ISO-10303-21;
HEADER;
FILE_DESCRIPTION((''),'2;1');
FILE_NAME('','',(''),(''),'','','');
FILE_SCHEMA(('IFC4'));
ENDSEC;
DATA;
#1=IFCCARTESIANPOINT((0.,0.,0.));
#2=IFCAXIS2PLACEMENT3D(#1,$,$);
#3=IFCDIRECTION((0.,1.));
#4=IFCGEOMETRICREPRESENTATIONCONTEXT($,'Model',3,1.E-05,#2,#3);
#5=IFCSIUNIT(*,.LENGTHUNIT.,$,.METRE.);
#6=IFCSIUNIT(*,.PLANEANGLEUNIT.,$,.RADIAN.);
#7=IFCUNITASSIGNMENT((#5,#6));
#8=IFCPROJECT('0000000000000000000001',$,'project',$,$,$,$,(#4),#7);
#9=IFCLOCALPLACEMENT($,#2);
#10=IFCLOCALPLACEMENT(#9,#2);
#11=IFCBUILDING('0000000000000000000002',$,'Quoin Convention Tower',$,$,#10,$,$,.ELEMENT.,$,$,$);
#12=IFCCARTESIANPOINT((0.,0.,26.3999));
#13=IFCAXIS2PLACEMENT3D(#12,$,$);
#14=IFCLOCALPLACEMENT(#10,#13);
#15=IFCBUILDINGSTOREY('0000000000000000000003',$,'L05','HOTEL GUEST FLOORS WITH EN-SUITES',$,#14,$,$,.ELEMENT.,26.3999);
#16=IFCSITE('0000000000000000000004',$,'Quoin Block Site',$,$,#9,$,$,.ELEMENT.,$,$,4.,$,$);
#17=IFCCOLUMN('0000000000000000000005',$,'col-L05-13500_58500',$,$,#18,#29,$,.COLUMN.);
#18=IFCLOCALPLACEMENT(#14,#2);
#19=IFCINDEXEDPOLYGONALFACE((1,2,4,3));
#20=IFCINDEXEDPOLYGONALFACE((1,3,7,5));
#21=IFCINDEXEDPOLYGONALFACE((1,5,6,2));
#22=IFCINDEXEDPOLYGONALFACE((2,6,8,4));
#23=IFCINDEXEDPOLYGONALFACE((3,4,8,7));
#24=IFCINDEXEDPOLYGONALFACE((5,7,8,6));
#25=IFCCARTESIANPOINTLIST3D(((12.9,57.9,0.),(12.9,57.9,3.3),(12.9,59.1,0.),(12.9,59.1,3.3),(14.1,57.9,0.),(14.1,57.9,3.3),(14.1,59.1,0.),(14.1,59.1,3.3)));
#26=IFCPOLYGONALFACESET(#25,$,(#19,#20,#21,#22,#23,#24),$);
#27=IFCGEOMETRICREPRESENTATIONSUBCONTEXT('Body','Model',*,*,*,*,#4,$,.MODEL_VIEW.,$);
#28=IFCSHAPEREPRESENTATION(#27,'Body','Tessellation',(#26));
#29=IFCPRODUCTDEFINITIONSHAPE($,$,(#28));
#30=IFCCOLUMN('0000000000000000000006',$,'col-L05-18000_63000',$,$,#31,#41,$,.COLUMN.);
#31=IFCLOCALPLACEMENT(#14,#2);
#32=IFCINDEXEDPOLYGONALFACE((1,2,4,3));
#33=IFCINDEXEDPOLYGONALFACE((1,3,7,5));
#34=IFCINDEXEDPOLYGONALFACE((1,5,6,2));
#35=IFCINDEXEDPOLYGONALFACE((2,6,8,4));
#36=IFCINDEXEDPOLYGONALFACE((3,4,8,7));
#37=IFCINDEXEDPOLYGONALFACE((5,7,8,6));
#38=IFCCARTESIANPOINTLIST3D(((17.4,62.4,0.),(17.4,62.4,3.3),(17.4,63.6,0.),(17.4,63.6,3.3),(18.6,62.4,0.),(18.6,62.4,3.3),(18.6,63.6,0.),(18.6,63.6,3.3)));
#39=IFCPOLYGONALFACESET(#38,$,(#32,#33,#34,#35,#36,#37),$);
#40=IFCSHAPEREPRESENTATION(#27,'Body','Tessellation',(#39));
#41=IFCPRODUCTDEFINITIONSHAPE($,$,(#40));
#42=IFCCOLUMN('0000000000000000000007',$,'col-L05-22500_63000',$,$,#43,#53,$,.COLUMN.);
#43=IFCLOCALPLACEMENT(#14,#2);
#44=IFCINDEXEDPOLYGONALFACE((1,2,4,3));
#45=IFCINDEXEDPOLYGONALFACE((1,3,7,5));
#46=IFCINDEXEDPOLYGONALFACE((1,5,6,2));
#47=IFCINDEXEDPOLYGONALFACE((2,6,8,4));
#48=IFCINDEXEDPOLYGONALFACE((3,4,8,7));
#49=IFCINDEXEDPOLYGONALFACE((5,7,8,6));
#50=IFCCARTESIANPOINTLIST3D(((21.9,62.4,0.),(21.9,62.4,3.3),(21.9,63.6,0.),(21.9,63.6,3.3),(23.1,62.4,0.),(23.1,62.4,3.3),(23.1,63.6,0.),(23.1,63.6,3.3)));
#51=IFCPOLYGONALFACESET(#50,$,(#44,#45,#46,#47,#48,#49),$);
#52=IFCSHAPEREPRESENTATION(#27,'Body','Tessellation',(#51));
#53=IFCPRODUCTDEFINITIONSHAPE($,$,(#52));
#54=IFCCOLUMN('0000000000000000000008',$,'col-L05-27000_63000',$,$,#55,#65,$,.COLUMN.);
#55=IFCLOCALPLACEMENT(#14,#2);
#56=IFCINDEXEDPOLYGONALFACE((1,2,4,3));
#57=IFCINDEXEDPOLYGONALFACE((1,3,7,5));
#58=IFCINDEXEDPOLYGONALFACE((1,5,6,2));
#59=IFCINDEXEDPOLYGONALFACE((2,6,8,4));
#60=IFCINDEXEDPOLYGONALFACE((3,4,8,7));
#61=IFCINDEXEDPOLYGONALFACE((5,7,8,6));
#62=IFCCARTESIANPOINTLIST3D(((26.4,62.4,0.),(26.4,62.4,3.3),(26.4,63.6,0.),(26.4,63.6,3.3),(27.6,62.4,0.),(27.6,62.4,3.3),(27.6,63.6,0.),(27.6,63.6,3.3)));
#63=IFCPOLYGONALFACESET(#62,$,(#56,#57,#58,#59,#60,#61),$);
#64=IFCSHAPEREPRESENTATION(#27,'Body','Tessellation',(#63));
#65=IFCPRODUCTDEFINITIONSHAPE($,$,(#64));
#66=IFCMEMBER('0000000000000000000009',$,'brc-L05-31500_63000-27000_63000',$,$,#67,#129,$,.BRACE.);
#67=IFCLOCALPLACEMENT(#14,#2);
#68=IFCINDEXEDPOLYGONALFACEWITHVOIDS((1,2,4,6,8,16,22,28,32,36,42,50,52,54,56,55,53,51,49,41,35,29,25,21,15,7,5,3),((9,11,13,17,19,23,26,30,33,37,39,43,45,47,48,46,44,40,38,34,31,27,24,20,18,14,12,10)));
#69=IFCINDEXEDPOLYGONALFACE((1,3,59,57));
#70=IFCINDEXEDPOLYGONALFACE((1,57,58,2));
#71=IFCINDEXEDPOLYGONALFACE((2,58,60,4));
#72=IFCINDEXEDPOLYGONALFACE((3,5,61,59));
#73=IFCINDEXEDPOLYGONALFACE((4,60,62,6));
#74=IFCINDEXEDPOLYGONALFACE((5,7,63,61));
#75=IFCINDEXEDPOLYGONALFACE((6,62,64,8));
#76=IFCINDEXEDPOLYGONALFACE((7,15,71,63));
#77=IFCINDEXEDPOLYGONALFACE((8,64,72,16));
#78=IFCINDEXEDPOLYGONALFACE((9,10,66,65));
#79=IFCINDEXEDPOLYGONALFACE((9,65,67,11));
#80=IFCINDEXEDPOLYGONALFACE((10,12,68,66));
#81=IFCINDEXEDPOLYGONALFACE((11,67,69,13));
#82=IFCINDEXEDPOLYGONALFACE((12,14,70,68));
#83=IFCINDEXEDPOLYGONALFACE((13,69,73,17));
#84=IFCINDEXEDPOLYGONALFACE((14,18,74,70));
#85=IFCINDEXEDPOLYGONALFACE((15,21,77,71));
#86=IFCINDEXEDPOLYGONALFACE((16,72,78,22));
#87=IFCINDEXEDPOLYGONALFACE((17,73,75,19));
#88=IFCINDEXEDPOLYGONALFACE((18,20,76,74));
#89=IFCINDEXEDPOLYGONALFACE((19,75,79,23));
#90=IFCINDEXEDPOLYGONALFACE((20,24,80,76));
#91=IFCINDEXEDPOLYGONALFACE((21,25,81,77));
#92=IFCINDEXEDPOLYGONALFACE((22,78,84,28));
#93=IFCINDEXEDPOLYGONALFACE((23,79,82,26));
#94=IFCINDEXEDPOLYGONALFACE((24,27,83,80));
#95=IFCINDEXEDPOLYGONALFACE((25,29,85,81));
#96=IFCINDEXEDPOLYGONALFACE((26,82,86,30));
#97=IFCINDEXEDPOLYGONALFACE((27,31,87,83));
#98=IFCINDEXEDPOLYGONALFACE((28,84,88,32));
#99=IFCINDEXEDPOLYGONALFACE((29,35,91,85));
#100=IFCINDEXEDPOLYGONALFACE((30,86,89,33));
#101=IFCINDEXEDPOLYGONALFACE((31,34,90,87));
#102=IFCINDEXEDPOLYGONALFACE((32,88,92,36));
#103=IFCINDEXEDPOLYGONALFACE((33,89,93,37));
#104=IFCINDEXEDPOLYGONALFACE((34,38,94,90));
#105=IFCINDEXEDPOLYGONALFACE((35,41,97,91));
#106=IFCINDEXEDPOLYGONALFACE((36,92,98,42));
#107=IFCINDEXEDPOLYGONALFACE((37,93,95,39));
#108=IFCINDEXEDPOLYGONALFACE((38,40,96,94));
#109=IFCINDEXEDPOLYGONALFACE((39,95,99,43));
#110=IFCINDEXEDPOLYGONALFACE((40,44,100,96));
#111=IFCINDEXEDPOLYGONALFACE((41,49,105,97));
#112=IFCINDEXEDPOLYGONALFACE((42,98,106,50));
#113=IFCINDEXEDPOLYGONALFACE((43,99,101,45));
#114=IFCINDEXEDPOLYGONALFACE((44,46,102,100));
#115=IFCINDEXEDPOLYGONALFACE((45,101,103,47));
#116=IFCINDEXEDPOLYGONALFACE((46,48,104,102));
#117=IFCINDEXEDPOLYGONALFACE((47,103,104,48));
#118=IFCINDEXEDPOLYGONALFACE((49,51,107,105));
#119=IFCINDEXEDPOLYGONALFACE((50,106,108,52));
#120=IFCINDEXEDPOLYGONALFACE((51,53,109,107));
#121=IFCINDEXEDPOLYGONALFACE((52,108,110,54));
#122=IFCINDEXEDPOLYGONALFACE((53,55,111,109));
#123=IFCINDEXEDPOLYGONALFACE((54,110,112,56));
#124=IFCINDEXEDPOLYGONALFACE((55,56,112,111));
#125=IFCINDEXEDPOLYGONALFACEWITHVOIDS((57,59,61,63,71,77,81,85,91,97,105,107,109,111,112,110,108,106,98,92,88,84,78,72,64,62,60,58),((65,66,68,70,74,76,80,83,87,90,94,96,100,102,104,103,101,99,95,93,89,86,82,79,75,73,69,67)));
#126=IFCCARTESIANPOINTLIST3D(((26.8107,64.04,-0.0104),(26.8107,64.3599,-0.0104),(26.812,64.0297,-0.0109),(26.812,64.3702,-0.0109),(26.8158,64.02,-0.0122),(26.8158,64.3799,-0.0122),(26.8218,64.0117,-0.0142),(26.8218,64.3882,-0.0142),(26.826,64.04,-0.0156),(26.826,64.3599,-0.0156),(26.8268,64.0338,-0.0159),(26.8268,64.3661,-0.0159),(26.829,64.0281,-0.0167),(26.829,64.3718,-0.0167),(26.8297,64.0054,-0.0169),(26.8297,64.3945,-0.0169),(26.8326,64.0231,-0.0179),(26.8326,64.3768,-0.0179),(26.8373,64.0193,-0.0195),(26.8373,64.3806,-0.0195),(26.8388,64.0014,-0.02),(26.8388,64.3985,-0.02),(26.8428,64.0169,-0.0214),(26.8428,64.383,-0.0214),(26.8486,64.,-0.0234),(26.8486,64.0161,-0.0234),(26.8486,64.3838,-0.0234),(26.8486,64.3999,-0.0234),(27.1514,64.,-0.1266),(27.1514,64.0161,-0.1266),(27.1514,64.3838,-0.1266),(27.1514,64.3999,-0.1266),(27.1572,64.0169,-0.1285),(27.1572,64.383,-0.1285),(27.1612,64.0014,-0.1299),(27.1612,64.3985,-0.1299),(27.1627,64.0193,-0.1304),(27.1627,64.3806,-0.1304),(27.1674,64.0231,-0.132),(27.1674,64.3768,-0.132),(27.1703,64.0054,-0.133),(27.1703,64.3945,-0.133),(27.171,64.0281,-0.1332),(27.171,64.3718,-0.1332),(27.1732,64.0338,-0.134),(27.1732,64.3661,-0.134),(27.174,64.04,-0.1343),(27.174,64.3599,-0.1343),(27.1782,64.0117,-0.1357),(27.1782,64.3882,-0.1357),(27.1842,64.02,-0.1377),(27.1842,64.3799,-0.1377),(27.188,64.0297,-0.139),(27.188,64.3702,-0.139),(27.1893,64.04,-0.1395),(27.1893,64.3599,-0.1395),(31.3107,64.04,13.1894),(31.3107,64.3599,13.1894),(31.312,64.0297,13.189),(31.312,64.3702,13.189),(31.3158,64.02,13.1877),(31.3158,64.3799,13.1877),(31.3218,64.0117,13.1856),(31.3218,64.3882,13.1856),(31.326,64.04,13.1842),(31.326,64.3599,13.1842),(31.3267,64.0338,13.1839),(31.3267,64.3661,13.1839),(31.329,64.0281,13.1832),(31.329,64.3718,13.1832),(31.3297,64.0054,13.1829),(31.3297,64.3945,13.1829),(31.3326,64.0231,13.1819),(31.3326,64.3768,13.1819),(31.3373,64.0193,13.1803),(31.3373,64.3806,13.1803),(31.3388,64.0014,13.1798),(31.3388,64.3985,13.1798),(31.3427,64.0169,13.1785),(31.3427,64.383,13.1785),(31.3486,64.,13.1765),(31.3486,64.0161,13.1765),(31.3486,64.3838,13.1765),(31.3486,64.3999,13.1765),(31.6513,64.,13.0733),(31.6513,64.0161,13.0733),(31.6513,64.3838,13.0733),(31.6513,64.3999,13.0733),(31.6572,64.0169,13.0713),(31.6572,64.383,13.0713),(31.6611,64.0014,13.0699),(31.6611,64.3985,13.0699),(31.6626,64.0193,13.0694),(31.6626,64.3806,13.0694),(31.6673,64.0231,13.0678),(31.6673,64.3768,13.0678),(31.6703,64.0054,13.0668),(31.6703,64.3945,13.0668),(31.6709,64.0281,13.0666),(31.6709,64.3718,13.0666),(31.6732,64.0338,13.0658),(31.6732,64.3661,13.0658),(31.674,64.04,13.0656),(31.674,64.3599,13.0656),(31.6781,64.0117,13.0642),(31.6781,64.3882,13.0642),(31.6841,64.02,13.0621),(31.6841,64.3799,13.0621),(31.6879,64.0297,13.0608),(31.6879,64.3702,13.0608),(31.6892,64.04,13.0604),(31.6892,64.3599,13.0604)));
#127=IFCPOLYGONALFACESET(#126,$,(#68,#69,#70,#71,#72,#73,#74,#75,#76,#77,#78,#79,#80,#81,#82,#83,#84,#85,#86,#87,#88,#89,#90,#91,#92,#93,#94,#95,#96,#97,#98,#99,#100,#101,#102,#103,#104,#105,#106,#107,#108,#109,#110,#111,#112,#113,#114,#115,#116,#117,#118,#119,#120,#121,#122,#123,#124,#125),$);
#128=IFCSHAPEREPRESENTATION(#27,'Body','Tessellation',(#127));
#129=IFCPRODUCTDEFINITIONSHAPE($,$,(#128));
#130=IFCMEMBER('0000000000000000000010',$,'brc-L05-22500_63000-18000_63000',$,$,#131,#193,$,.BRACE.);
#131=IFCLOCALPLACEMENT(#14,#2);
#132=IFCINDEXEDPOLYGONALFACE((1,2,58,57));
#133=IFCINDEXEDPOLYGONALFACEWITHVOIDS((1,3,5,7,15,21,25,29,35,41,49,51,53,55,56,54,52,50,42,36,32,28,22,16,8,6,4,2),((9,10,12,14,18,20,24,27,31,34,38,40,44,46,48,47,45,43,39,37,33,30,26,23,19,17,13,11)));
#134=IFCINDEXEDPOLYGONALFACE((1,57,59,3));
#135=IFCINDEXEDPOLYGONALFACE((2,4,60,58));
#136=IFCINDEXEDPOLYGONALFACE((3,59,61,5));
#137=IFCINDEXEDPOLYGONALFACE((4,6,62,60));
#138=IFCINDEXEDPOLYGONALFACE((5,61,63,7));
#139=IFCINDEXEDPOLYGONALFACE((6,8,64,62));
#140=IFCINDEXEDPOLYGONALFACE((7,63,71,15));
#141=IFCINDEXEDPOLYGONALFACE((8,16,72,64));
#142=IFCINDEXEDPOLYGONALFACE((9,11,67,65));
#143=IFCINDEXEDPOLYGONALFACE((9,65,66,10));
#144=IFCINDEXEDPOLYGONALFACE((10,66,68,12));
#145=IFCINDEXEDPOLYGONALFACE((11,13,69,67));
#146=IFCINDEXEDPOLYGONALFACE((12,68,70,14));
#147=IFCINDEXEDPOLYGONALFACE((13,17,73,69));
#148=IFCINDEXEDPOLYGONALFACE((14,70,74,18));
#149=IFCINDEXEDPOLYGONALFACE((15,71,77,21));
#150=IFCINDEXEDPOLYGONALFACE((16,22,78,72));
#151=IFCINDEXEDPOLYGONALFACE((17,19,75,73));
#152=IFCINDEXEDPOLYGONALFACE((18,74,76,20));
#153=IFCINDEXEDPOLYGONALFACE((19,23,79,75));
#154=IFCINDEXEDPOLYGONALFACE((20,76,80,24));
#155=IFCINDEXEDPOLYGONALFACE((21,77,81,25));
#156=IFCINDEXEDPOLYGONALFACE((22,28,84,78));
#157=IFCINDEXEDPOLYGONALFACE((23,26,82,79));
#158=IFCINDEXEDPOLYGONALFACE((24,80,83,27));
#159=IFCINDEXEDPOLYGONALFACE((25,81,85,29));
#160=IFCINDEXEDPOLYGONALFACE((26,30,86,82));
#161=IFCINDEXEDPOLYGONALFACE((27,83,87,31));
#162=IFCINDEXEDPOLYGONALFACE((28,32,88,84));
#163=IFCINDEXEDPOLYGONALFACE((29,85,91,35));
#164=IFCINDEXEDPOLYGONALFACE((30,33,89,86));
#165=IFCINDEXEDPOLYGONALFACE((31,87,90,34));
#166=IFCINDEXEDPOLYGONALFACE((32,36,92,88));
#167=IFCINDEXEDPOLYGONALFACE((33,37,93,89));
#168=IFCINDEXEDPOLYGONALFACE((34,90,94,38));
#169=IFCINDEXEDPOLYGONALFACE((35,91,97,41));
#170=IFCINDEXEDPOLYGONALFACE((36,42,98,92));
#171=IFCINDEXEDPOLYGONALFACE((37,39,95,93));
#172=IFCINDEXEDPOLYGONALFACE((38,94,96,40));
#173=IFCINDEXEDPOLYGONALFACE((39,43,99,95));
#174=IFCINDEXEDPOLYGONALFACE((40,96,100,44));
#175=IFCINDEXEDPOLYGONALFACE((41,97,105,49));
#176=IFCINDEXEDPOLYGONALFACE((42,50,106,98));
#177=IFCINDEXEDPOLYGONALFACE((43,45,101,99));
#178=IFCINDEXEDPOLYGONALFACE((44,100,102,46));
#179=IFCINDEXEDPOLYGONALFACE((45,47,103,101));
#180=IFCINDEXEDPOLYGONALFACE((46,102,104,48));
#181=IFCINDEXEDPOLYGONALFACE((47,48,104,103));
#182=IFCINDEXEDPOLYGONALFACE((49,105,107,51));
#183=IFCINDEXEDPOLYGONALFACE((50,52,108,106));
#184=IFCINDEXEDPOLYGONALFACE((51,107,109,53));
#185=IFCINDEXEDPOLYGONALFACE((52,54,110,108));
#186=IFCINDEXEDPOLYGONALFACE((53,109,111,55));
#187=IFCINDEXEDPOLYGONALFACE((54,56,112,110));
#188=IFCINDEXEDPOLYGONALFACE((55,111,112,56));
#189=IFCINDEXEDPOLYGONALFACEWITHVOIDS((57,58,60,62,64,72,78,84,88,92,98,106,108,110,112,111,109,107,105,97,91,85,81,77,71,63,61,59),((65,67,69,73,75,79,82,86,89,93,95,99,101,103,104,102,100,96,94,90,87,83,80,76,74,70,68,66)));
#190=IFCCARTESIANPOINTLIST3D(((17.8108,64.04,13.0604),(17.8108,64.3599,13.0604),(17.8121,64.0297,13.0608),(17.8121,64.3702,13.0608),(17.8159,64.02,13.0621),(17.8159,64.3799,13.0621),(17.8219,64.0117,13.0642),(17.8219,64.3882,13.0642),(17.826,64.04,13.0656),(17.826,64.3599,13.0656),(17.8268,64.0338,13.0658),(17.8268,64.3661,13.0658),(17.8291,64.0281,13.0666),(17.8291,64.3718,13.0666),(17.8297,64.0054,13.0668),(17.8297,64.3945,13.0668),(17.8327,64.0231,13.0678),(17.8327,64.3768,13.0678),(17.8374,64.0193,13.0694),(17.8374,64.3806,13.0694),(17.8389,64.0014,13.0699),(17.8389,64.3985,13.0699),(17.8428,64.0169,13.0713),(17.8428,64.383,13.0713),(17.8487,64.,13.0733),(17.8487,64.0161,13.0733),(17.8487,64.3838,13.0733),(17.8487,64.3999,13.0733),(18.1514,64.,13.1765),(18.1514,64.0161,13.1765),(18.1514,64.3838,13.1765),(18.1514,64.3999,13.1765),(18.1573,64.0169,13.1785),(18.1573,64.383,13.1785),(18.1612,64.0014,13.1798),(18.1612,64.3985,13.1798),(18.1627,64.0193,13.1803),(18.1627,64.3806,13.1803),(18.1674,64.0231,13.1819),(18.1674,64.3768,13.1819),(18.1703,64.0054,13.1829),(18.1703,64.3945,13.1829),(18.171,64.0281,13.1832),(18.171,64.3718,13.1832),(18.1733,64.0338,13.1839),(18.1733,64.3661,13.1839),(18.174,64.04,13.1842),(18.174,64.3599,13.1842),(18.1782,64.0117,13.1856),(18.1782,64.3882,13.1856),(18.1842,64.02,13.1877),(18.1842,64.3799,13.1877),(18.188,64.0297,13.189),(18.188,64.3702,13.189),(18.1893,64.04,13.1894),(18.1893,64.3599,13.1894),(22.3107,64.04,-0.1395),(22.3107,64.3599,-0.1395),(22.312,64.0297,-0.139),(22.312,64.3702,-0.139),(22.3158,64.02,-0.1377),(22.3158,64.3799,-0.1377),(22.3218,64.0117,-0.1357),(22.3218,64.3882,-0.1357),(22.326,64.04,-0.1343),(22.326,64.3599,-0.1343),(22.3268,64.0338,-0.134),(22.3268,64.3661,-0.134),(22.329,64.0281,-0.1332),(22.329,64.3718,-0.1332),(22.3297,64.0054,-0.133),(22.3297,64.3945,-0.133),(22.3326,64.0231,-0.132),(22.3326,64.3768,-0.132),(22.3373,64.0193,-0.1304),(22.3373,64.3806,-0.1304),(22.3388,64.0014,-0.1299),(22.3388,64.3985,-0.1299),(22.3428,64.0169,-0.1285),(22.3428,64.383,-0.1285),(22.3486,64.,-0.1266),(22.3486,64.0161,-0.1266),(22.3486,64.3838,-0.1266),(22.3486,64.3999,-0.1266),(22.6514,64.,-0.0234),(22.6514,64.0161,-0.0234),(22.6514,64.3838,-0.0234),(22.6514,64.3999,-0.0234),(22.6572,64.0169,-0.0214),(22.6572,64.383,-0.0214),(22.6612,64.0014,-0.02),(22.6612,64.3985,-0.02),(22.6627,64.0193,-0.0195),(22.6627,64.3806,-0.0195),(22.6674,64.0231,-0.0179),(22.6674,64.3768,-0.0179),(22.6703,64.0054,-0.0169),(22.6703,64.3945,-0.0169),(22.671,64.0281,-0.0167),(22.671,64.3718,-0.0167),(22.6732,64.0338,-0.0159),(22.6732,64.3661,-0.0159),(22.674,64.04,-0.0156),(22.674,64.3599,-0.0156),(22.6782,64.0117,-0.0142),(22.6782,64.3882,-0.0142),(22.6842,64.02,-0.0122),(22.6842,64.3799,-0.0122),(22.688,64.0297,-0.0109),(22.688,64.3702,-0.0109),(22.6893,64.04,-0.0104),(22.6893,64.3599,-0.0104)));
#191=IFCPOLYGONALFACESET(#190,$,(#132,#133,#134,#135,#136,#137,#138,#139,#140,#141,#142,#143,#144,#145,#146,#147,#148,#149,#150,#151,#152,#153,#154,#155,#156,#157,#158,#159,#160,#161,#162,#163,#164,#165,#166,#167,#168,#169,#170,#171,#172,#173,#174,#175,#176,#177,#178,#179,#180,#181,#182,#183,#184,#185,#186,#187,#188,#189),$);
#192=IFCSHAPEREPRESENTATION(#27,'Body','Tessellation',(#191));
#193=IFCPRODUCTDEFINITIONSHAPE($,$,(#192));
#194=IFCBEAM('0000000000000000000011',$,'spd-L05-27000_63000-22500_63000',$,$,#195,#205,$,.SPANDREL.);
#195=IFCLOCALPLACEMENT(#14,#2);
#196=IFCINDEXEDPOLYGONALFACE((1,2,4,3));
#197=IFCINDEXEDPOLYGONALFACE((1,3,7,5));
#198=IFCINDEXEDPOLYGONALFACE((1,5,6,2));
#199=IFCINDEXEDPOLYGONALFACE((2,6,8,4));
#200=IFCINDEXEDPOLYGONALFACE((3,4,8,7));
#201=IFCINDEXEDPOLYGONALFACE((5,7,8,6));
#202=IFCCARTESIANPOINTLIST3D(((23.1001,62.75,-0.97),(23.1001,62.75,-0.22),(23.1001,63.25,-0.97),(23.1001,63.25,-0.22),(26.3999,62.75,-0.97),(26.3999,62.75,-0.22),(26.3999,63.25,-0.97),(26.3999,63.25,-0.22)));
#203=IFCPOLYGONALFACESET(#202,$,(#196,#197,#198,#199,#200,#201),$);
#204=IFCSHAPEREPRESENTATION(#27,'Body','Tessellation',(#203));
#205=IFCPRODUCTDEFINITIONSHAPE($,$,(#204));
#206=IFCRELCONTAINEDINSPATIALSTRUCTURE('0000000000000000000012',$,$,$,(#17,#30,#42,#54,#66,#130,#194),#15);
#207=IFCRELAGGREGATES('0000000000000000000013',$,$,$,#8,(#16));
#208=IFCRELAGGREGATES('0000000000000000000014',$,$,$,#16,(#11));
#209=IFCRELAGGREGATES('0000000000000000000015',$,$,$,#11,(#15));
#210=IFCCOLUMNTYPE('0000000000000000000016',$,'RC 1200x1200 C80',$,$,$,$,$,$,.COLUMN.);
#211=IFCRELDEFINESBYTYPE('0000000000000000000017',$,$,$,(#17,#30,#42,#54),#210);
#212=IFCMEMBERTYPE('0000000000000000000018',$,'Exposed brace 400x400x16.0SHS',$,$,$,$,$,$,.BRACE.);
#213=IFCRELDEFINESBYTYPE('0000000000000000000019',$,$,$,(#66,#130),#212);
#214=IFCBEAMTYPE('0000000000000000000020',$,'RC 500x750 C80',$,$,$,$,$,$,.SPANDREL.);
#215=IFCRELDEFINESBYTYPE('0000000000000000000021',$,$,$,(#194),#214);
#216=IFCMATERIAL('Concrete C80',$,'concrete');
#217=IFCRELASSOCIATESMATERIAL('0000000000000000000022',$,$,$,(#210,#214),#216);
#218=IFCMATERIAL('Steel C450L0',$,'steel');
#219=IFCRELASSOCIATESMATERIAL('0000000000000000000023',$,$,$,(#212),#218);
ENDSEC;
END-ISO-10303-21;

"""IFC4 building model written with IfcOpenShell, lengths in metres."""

from ifc_helpers import new_model, si_unit, direction, frame, origin, origin_2d, place, context, subcontext, project, spatial, rectangle, hollow_rectangle, extrude, material, material_profile, profile_set, type_object, element, save


model = new_model("IFC4")

# Units and contexts
model_context = context("Model", 3, precision=1e-05, world=origin(), true_north=direction((0.0, 1.0)))
body_context = subcontext(model_context, "Body", "Model", "MODEL_VIEW")
ifc_project = project(units=[si_unit("LENGTHUNIT", "METRE"), si_unit("PLANEANGLEUNIT", "RADIAN")], contexts=[model_context])

# Site, building, storey
site_placement = place(None, origin())
site = spatial("IfcSite", under=ifc_project, at=site_placement, Name="Quoin Block Site", CompositionType="ELEMENT", RefElevation=4.0)
building_placement = place(site_placement, origin())
building = spatial("IfcBuilding", under=site, at=building_placement, Name="Quoin Convention Tower", CompositionType="ELEMENT")
storey_placement = place(building_placement, frame((0.0, 0.0, 26.3999)))
storey = spatial("IfcBuildingStorey", under=building, at=storey_placement, Name="L05", Description="HOTEL GUEST FLOORS WITH EN-SUITES", CompositionType="ELEMENT", Elevation=26.3999)

# Columns
ifc_material_1 = material(Name="Concrete C80", Category="concrete")
ifc_material_profile_1 = material_profile(ifc_material_1, rectangle(XDim=1.2, YDim=1.2, at=origin_2d()), Name="RC 1200x1200")
ifc_profile_set_1 = profile_set([ifc_material_profile_1], Name="Concrete C80")
column_type = type_object("IfcColumnType", Name="RC 1200x1200 C80", PredefinedType="COLUMN", material=ifc_profile_set_1)
for number, where, z_axis, x_axis, name in (
    (1, (13.5, 58.5, 0.0), (0.0, 0.0, 1.0), (1.0, 0.0, 0.0), "col-L05-13500_58500"),
    (2, (18.0, 63.0, 0.0), (0.0, 0.0, 1.0), (1.0, 0.0, 0.0), "col-L05-18000_63000"),
    (3, (22.5, 63.0, 0.0), (0.0, 0.0, 1.0), (1.0, 0.0, 0.0), "col-L05-22500_63000"),
    (4, (27.0, 63.0, 0.0), (0.0, 0.0, 1.0), (1.0, 0.0, 0.0), "col-L05-27000_63000"),
):
    element("IfcColumn", number, at=place(storey_placement, frame(where, z_axis=z_axis, x_axis=x_axis)), inside=storey, type_object=column_type, Name=name, PredefinedType="COLUMN", context=body_context, shape_type="SweptSolid", body=[
        extrude(rectangle(XDim=1.2, YDim=1.2, at=origin_2d()), origin(), (0.0, 0.0, 1.0), 3.3),
    ])

# Members
ifc_material_2 = material(Name="Steel C450L0", Category="steel")
ifc_material_profile_2 = material_profile(ifc_material_2, hollow_rectangle(XDim=0.3999, YDim=0.3999, WallThickness=0.0161, InnerFilletRadius=0.0239, OuterFilletRadius=0.04, at=origin_2d()), Name="400x400x16.0SHS")
ifc_profile_set_2 = profile_set([ifc_material_profile_2], Name="Steel C450L0")
member_type = type_object("IfcMemberType", Name="Exposed brace 400x400x16.0SHS", PredefinedType="BRACE", material=ifc_profile_set_2)
for number, where, z_axis, x_axis, name in (
    (5, (27.0, 64.2, -0.075), (0.322675, 0.0, 0.94651), (0.0, 1.0, 0.0), "brc-L05-31500_63000-27000_63000"),
    (6, (22.5, 64.2, -0.075), (-0.322675, 0.0, 0.94651), (0.0, -1.0, 0.0), "brc-L05-22500_63000-18000_63000"),
):
    element("IfcMember", number, at=place(storey_placement, frame(where, z_axis=z_axis, x_axis=x_axis)), inside=storey, type_object=member_type, Name=name, PredefinedType="BRACE", context=body_context, shape_type="SweptSolid", body=[
        extrude(hollow_rectangle(XDim=0.3999, YDim=0.3999, WallThickness=0.0161, InnerFilletRadius=0.0239, OuterFilletRadius=0.04, at=origin_2d()), origin(), (0.0, 0.0, 1.0), 13.9458),
    ])

# Beam
ifc_material_profile_3 = material_profile(ifc_material_1, rectangle(XDim=0.5, YDim=0.75, at=origin_2d()), Name="RC 500x750")
ifc_profile_set_3 = profile_set([ifc_material_profile_3], Name="Concrete C80")
beam_type = type_object("IfcBeamType", Name="RC 500x750 C80", PredefinedType="SPANDREL", material=ifc_profile_set_3)
for number, where, z_axis, x_axis, name in (
    (7, (26.3999, 63.0, -0.595), (-1.0, 0.0, 0.0), (0.0, -1.0, 0.0), "spd-L05-27000_63000-22500_63000"),
):
    element("IfcBeam", number, at=place(storey_placement, frame(where, z_axis=z_axis, x_axis=x_axis)), inside=storey, type_object=beam_type, Name=name, PredefinedType="SPANDREL", context=body_context, shape_type="SweptSolid", body=[
        extrude(rectangle(XDim=0.5, YDim=0.75, at=origin_2d()), origin(), (0.0, 0.0, 1.0), 3.2998),
    ])

save(model, "model.ifc")
